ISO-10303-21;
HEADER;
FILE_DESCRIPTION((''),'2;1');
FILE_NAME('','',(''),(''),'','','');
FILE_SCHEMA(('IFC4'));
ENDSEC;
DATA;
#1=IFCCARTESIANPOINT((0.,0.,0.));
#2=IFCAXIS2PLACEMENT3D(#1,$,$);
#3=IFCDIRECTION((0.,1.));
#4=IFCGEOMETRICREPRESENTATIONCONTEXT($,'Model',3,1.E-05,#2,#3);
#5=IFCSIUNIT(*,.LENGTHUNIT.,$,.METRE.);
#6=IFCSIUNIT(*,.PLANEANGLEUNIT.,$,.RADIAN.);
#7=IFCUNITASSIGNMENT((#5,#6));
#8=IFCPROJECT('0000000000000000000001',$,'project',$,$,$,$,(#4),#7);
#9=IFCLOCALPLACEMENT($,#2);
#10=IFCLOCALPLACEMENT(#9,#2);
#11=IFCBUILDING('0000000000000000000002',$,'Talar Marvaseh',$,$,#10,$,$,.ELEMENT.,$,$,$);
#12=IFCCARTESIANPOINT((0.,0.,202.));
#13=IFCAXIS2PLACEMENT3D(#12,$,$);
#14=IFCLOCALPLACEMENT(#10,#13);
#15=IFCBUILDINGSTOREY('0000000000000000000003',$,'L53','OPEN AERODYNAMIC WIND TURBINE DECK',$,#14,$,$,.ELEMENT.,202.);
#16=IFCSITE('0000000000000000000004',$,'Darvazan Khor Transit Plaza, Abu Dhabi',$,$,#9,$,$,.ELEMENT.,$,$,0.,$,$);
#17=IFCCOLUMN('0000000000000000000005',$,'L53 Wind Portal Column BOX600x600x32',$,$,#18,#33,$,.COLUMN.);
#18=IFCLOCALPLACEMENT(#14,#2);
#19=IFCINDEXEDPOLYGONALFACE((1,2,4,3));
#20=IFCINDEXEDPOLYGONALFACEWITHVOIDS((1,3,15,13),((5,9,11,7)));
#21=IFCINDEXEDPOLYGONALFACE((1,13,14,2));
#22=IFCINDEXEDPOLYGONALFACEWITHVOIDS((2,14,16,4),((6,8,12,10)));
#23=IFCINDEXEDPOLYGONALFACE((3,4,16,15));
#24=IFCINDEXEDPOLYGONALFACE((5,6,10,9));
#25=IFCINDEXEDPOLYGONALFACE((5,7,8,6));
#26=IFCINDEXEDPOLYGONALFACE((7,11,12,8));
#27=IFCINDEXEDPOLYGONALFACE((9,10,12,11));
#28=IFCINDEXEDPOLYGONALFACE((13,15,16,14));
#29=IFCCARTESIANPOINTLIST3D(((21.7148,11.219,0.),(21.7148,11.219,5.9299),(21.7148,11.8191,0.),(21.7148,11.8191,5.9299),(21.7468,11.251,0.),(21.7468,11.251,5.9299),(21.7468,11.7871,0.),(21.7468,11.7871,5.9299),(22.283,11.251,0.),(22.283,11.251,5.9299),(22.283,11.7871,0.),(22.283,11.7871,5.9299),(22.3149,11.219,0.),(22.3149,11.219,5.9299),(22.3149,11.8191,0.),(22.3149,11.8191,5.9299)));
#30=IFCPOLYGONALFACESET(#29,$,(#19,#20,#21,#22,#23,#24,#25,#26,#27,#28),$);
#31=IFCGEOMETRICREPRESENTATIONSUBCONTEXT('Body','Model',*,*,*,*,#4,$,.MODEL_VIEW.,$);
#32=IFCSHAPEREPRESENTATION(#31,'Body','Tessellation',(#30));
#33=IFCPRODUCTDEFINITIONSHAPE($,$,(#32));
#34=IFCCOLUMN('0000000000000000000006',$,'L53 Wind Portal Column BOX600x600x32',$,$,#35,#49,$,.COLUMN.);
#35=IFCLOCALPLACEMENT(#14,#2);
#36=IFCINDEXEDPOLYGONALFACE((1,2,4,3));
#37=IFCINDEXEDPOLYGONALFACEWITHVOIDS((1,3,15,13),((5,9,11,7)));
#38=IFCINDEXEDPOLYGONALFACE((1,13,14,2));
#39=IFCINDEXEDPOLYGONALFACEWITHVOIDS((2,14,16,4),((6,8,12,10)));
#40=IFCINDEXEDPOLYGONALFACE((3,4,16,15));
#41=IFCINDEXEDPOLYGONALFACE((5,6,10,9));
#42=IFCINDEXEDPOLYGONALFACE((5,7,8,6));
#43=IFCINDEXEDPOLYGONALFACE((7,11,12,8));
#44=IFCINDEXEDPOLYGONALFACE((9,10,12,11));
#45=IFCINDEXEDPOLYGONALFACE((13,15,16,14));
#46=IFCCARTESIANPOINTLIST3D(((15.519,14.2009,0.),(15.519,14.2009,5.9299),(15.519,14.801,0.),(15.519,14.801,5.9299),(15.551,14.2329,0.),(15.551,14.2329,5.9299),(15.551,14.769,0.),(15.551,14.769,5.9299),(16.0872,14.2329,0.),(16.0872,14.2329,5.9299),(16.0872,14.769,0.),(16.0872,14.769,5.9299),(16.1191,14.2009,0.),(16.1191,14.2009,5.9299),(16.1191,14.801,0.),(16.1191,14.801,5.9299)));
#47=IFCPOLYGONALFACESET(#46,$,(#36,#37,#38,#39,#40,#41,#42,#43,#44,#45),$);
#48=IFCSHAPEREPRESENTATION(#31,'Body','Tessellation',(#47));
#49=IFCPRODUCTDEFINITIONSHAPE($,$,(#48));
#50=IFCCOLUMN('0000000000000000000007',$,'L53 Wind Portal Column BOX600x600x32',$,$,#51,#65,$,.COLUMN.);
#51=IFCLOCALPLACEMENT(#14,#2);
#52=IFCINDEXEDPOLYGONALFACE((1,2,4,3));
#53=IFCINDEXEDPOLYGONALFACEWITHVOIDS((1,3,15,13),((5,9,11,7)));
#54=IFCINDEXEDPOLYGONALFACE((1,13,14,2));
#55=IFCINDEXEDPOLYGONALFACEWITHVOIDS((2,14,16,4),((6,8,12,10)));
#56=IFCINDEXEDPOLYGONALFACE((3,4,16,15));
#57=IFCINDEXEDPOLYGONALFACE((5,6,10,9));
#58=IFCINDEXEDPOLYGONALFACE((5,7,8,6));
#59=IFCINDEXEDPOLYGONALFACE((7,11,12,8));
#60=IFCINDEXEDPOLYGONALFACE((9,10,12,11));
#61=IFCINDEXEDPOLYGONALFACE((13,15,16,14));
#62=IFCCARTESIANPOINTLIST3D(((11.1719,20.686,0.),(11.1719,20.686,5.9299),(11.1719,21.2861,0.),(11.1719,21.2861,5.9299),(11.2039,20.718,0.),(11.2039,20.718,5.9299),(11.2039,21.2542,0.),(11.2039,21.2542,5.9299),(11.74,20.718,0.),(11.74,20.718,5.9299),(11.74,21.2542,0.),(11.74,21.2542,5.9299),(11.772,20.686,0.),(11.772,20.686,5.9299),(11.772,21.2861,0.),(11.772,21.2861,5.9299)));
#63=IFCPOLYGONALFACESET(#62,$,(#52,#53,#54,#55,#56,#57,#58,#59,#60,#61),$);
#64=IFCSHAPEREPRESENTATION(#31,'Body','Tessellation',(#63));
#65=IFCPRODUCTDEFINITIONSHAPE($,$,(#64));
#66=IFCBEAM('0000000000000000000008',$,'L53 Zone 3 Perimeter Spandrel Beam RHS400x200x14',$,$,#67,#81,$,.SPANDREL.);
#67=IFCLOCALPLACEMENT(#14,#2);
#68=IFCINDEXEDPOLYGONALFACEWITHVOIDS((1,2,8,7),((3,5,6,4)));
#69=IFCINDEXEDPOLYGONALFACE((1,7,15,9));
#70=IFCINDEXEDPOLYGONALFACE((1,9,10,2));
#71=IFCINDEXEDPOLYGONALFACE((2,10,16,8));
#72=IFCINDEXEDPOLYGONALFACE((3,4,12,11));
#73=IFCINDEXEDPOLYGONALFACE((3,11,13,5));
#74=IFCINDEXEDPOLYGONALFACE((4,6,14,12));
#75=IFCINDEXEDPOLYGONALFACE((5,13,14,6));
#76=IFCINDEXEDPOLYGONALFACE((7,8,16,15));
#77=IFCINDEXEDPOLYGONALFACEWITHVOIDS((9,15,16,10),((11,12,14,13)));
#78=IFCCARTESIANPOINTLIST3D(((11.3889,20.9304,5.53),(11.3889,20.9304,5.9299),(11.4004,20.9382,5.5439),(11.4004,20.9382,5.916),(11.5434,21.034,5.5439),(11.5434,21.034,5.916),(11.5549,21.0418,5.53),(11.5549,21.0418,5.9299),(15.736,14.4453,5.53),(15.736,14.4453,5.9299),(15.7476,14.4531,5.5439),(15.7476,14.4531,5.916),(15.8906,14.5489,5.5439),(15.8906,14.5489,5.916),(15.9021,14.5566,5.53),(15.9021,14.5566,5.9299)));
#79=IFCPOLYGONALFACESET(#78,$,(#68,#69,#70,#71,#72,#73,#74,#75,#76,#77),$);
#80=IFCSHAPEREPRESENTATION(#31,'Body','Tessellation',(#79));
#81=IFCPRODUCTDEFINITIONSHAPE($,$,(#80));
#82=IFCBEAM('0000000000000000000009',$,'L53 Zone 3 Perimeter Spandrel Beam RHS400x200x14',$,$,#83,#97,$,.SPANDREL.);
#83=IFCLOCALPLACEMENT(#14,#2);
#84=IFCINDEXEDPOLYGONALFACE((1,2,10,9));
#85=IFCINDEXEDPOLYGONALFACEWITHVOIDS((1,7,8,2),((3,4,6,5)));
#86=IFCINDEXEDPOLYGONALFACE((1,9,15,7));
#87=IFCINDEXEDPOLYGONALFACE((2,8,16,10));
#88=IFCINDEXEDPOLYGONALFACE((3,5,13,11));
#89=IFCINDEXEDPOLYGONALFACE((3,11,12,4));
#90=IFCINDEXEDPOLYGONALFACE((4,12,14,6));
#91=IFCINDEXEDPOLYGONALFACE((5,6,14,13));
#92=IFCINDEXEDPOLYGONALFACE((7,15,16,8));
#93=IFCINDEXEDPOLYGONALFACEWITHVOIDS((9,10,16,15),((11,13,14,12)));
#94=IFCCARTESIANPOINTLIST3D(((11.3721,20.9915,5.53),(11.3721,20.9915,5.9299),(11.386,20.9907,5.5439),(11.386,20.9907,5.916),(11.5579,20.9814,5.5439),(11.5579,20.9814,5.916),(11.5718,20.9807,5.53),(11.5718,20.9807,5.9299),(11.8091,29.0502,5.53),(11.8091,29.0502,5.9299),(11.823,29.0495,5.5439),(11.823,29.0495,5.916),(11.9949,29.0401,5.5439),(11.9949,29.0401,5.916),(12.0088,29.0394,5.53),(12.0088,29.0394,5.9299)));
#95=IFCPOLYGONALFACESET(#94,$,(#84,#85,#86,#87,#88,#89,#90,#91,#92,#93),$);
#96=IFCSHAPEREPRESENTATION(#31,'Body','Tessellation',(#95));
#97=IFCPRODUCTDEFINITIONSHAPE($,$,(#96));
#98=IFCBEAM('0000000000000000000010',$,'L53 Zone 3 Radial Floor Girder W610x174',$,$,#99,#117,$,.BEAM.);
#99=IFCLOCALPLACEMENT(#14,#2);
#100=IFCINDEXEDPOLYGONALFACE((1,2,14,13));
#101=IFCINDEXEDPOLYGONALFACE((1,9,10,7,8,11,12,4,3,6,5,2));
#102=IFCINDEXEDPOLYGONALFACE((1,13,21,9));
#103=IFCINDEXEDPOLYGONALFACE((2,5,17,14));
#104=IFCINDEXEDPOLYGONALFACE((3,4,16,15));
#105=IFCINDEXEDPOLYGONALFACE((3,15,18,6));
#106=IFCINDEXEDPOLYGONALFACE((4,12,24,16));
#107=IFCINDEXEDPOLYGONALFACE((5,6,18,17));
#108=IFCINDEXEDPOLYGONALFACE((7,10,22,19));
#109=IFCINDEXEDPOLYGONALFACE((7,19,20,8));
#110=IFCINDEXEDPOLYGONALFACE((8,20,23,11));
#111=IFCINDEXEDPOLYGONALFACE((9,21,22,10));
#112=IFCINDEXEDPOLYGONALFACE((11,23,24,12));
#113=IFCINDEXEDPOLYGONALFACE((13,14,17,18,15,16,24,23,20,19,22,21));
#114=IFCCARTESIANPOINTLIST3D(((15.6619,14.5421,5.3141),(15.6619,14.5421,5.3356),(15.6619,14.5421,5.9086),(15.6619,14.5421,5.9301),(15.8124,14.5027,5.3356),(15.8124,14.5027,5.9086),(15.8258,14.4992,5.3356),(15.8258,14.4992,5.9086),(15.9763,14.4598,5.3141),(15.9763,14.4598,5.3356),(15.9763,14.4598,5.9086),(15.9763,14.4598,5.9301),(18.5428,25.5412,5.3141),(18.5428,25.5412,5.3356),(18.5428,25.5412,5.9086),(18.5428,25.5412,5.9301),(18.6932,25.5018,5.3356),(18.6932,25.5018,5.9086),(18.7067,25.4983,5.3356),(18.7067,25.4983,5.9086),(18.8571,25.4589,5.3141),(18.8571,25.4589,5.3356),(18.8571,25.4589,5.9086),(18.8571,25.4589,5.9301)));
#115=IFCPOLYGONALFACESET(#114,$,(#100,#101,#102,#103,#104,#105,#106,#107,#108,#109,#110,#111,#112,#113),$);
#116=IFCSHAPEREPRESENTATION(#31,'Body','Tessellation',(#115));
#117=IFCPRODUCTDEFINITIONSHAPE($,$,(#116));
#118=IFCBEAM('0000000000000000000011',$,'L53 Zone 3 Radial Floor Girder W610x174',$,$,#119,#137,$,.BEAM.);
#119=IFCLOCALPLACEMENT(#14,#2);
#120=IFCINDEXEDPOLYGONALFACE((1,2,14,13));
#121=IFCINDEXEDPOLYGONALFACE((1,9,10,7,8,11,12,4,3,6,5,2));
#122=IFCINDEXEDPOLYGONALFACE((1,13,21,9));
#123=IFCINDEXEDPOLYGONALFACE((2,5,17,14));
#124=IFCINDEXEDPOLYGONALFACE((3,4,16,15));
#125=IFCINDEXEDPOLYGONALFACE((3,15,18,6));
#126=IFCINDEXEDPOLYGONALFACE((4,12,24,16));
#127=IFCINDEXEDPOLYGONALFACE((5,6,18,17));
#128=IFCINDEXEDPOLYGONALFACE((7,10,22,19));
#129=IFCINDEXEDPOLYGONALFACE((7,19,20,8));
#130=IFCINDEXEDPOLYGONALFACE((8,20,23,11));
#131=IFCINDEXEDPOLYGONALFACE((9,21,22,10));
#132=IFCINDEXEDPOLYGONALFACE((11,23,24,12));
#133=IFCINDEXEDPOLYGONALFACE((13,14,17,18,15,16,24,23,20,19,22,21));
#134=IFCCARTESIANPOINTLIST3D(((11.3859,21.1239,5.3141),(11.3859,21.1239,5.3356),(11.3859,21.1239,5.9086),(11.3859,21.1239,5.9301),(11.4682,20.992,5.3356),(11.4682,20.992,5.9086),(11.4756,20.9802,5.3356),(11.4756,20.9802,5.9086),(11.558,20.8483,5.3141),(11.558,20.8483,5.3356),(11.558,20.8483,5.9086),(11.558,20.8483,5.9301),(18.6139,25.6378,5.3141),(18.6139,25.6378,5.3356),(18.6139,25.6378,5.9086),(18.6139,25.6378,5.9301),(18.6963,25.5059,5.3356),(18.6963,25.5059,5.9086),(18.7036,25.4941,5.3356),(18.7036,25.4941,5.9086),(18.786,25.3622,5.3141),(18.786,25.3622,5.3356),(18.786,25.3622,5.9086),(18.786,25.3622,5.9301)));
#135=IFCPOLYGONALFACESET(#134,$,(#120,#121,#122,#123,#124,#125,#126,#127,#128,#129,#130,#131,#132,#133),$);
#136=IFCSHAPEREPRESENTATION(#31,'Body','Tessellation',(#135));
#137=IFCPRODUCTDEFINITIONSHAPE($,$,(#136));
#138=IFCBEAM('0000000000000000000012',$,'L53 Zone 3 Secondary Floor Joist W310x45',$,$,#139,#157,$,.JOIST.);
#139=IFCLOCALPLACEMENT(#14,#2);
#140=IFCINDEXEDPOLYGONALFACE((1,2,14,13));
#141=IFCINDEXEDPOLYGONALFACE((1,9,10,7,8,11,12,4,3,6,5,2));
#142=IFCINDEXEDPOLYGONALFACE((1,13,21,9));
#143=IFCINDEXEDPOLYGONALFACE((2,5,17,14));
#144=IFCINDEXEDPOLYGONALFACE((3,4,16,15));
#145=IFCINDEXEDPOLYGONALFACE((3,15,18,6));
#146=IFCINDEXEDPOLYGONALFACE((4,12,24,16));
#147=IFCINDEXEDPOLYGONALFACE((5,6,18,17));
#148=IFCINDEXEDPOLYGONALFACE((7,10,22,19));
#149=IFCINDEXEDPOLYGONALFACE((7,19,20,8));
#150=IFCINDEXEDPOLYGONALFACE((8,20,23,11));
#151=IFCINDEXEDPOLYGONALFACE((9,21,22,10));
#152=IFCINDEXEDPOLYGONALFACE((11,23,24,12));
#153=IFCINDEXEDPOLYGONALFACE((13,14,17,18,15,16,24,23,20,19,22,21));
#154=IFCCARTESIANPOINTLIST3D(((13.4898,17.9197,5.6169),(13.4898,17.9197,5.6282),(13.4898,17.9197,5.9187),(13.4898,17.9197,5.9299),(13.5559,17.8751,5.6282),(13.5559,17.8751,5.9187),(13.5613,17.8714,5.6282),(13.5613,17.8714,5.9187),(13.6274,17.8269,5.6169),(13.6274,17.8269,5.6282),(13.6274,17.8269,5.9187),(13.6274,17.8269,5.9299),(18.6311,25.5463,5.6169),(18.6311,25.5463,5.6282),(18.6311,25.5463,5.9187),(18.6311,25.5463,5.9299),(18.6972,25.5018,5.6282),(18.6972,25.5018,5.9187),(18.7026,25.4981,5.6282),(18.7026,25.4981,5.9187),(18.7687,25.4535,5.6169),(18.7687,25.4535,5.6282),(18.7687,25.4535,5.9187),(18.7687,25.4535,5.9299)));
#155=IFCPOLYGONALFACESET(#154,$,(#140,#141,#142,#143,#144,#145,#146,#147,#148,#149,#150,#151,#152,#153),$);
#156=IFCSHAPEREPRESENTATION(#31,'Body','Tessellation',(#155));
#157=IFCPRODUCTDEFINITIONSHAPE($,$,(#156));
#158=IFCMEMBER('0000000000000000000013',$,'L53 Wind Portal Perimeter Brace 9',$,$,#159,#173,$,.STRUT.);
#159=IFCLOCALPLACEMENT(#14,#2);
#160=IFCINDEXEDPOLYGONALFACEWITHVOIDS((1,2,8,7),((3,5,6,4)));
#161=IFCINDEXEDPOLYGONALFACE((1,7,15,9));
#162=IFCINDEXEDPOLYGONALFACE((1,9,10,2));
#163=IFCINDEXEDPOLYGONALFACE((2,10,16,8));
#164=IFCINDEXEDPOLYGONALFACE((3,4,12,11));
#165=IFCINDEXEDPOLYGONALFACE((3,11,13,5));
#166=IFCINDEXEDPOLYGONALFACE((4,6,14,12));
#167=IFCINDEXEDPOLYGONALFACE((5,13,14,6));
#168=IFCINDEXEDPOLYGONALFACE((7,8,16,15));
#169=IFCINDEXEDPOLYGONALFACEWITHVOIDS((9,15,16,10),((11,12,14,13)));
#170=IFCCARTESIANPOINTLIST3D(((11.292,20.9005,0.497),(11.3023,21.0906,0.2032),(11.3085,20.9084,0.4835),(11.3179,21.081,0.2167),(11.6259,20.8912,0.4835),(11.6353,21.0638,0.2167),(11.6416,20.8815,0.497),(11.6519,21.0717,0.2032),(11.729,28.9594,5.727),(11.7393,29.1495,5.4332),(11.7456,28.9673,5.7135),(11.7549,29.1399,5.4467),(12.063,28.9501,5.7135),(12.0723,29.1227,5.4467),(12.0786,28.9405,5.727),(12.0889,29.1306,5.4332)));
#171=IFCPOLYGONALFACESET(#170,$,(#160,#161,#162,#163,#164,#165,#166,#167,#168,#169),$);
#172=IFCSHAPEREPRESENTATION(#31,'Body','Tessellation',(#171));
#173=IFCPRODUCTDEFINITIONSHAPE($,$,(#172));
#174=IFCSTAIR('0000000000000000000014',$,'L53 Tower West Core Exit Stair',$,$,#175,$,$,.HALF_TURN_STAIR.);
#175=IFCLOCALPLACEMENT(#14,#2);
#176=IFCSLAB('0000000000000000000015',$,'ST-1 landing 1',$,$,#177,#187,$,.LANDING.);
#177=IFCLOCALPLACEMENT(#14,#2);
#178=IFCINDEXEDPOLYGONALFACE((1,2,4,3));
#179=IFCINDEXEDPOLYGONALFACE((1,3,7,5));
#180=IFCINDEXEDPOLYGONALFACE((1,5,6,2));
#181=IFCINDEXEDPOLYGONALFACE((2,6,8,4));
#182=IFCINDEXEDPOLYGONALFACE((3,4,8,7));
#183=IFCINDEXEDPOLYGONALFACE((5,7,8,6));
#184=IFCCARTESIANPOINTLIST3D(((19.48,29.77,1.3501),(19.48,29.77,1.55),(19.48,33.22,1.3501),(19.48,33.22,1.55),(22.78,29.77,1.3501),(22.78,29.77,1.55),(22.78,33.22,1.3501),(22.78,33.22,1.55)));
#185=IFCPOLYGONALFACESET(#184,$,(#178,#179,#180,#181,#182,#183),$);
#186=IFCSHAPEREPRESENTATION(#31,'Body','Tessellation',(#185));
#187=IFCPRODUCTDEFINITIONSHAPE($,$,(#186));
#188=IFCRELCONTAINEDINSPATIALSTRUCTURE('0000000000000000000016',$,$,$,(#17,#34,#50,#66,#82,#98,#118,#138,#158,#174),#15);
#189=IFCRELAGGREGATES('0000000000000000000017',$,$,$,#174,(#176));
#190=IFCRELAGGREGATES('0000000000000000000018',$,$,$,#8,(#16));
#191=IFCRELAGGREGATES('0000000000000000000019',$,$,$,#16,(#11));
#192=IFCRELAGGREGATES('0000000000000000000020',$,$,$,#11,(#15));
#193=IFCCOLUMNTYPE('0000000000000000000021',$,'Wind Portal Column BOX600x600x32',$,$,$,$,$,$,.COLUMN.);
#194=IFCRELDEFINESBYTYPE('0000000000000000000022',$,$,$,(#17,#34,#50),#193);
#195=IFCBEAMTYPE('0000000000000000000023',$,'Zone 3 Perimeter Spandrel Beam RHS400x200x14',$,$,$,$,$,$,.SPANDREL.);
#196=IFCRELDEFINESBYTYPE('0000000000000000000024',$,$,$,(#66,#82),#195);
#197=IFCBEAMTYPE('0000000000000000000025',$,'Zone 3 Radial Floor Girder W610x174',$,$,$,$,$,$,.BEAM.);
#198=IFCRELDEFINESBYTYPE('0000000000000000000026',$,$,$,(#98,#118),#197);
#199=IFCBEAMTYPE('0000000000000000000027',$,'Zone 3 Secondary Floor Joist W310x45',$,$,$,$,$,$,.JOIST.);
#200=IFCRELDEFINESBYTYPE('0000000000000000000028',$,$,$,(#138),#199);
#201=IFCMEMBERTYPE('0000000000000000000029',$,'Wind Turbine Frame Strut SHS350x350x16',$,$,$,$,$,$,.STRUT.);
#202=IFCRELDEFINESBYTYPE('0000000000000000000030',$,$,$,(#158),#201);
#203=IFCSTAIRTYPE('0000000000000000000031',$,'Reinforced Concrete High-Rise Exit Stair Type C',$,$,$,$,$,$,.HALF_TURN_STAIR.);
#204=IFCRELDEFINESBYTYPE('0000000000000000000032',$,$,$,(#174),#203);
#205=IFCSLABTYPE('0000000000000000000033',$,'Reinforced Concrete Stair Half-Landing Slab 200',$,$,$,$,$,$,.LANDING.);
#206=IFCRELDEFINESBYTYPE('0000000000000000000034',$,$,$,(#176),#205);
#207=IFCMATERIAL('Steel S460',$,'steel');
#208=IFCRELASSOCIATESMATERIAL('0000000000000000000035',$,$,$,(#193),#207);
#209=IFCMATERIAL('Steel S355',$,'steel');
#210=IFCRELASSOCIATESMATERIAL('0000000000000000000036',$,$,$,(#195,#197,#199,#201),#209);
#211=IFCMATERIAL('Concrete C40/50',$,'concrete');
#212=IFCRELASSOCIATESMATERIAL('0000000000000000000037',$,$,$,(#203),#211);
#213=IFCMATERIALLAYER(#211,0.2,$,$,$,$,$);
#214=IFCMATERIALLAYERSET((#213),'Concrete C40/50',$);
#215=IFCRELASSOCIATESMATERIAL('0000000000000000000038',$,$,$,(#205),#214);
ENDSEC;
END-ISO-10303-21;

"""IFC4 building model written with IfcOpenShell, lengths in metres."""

from ifc_helpers import new_model, si_unit, direction, frame, origin, origin_2d, place, context, subcontext, project, spatial, polyline, hollow_rectangle, i_section, outline, extrude, source, transform, mapped, material, layer, layer_set, material_profile, profile_set, type_object, type_shapes, element, aggregate, save


model = new_model("IFC4")

# Units and contexts
model_context = context("Model", 3, precision=1e-05, world=origin(), true_north=direction((0.0, 1.0)))
body_context = subcontext(model_context, "Body", "Model", "MODEL_VIEW")
ifc_project = project(units=[si_unit("LENGTHUNIT", "METRE"), si_unit("PLANEANGLEUNIT", "RADIAN")], contexts=[model_context])

# Site, building, storey
site_placement = place(None, origin())
site = spatial("IfcSite", under=ifc_project, at=site_placement, Name="Darvazan Khor Transit Plaza, Abu Dhabi", CompositionType="ELEMENT", RefElevation=0.0)
building_placement = place(site_placement, origin())
building = spatial("IfcBuilding", under=site, at=building_placement, Name="Talar Marvaseh", CompositionType="ELEMENT")
storey_placement = place(building_placement, frame((0.0, 0.0, 202.0)))
storey = spatial("IfcBuildingStorey", under=building, at=storey_placement, Name="L53", Description="OPEN AERODYNAMIC WIND TURBINE DECK", CompositionType="ELEMENT", Elevation=202.0)

# Columns
ifc_material_1 = material(Name="Steel S460", Category="steel")
ifc_material_profile_1 = material_profile(ifc_material_1, hollow_rectangle(XDim=0.6001, YDim=0.6001, WallThickness=0.032, at=origin_2d()), Name="BOX600x600x32")
ifc_profile_set_1 = profile_set([ifc_material_profile_1], Name="Steel S460")
column_type = type_object("IfcColumnType", Name="Wind Portal Column BOX600x600x32", PredefinedType="COLUMN", material=ifc_profile_set_1)
for number, where, z_axis, x_axis, name in (
    (1, (22.0149, 11.519, 0.0), (0.0, 0.0, 1.0), (1.0, 0.0, 0.0), "L53 Wind Portal Column BOX600x600x32"),
    (2, (15.8191, 14.501, 0.0), (0.0, 0.0, 1.0), (1.0, 0.0, 0.0), "L53 Wind Portal Column BOX600x600x32"),
    (3, (11.4719, 20.9861, 0.0), (0.0, 0.0, 1.0), (1.0, 0.0, 0.0), "L53 Wind Portal Column BOX600x600x32"),
):
    element("IfcColumn", number, at=place(storey_placement, frame(where, z_axis=z_axis, x_axis=x_axis)), inside=storey, type_object=column_type, Name=name, PredefinedType="COLUMN", context=body_context, shape_type="SweptSolid", body=[
        extrude(hollow_rectangle(XDim=0.6001, YDim=0.6001, WallThickness=0.032, at=origin_2d()), origin(), (0.0, 0.0, 1.0), 5.9299),
    ])

# Beams
ifc_material_2 = material(Name="Steel S355", Category="steel")
ifc_material_profile_2 = material_profile(ifc_material_2, hollow_rectangle(XDim=0.2, YDim=0.3999, WallThickness=0.0139, at=origin_2d()), Name="RHS400x200x14")
ifc_profile_set_2 = profile_set([ifc_material_profile_2], Name="Steel S355")
beam_type_1 = type_object("IfcBeamType", Name="Zone 3 Perimeter Spandrel Beam RHS400x200x14", PredefinedType="SPANDREL", material=ifc_profile_set_2)
beam_1_placement = place(storey_placement, frame((15.8191, 14.501, 5.73), z_axis=(-0.556806, 0.830643, 0.0), x_axis=(-0.830643, -0.556806, 0.0)))
element("IfcBeam", 4, at=beam_1_placement, inside=storey, type_object=beam_type_1, Name="L53 Zone 3 Perimeter Spandrel Beam RHS400x200x14", PredefinedType="SPANDREL", context=body_context, shape_type="SweptSolid", body=[
    extrude(hollow_rectangle(XDim=0.2, YDim=0.3999, WallThickness=0.0139, at=origin_2d()), origin(), (0.0, 0.0, 1.0), 7.8074),
])
beam_2_placement = place(storey_placement, frame((11.4719, 20.9861, 5.73), z_axis=(0.054148, 0.998533, 0.0), x_axis=(-0.998533, 0.054148, 0.0)))
element("IfcBeam", 5, at=beam_2_placement, inside=storey, type_object=beam_type_1, Name="L53 Zone 3 Perimeter Spandrel Beam RHS400x200x14", PredefinedType="SPANDREL", context=body_context, shape_type="SweptSolid", body=[
    extrude(hollow_rectangle(XDim=0.2, YDim=0.3999, WallThickness=0.0139, at=origin_2d()), origin(), (0.0, 0.0, 1.0), 8.0706),
])
ifc_material_profile_3 = material_profile(ifc_material_2, i_section(OverallWidth=0.325, OverallDepth=0.616, WebThickness=0.0139, FlangeThickness=0.0215, at=origin_2d()), Name="W610x174")
ifc_profile_set_3 = profile_set([ifc_material_profile_3], Name="Steel S355")
beam_type_2 = type_object("IfcBeamType", Name="Zone 3 Radial Floor Girder W610x174", PredefinedType="BEAM", material=ifc_profile_set_3)
beam_3_placement = place(storey_placement, frame((15.8191, 14.501, 5.6221), z_axis=(0.253373, 0.967369, 0.0), x_axis=(-0.967369, 0.253373, 0.0)))
element("IfcBeam", 6, at=beam_3_placement, inside=storey, type_object=beam_type_2, Name="L53 Zone 3 Radial Floor Girder W610x174", PredefinedType="BEAM", context=body_context, shape_type="SweptSolid", body=[
    extrude(i_section(OverallWidth=0.325, OverallDepth=0.616, WebThickness=0.0139, FlangeThickness=0.0215, at=origin_2d()), origin(), (0.0, 0.0, 1.0), 11.3701),
])
beam_4_placement = place(storey_placement, frame((11.4719, 20.9861, 5.6221), z_axis=(0.848188, 0.529695, 0.0), x_axis=(-0.529695, 0.848188, 0.0)))
element("IfcBeam", 7, at=beam_4_placement, inside=storey, type_object=beam_type_2, Name="L53 Zone 3 Radial Floor Girder W610x174", PredefinedType="BEAM", context=body_context, shape_type="SweptSolid", body=[
    extrude(i_section(OverallWidth=0.325, OverallDepth=0.616, WebThickness=0.0139, FlangeThickness=0.0215, at=origin_2d()), origin(), (0.0, 0.0, 1.0), 8.5217),
])
ifc_material_profile_4 = material_profile(ifc_material_2, i_section(OverallWidth=0.166, OverallDepth=0.313, WebThickness=0.0066, FlangeThickness=0.0112, at=origin_2d()), Name="W310x45")
ifc_profile_set_4 = profile_set([ifc_material_profile_4], Name="Steel S355")
beam_type_3 = type_object("IfcBeamType", Name="Zone 3 Secondary Floor Joist W310x45", PredefinedType="JOIST", material=ifc_profile_set_4)
beam_5_placement = place(storey_placement, frame((13.5586, 17.8733, 5.7734), z_axis=(0.558974, 0.829185, 0.0), x_axis=(-0.829185, 0.558974, 0.0)))
element("IfcBeam", 8, at=beam_5_placement, inside=storey, type_object=beam_type_3, Name="L53 Zone 3 Secondary Floor Joist W310x45", PredefinedType="JOIST", context=body_context, shape_type="SweptSolid", body=[
    extrude(i_section(OverallWidth=0.166, OverallDepth=0.313, WebThickness=0.0066, FlangeThickness=0.0112, at=origin_2d()), origin(), (0.0, 0.0, 1.0), 9.1978),
])

# Member
ifc_material_profile_5 = material_profile(ifc_material_2, hollow_rectangle(XDim=0.3501, YDim=0.3501, WallThickness=0.0161, at=origin_2d()), Name="SHS350x350x16")
ifc_profile_set_5 = profile_set([ifc_material_profile_5], Name="Steel S355")
member_type = type_object("IfcMemberType", Name="Wind Turbine Frame Strut SHS350x350x16", PredefinedType="STRUT", material=ifc_profile_set_5)
shared_shape_1 = source(origin(), body_context, "Body", "SweptSolid", [
    extrude(hollow_rectangle(XDim=0.3501, YDim=0.3501, WallThickness=0.0161, at=origin_2d()), origin(), (0.0, 0.0, 1.0), 9.6172),
])
type_shapes(member_type, [shared_shape_1])
member_placement = place(storey_placement, frame((11.4719, 20.9861, 0.3501), z_axis=(0.045441, 0.83797, 0.543821), x_axis=(-0.998533, 0.054148, 0.0)))
element("IfcMember", 9, at=member_placement, inside=storey, type_object=member_type, Name="L53 Wind Portal Perimeter Brace 9", PredefinedType="STRUT", context=body_context, shape_type="MappedRepresentation", body=[
    mapped(shared_shape_1, transform((0.0, 0.0, 0.0), x_axis=(1.0, 0.0, 0.0), y_axis=(0.0, 1.0, 0.0), z_axis=(0.0, 0.0, 1.0), scale=1.0)),
])

# Stair, slab
ifc_material_3 = material(Name="Concrete C40/50", Category="concrete")
stair_type = type_object("IfcStairType", Name="Reinforced Concrete High-Rise Exit Stair Type C", PredefinedType="HALF_TURN_STAIR", material=ifc_material_3)
stair_1_placement = place(storey_placement, origin())
stair_1 = element("IfcStair", 10, at=stair_1_placement, inside=storey, type_object=stair_type, Name="L53 Tower West Core Exit Stair", PredefinedType="HALF_TURN_STAIR")
ifc_layer_1 = layer(ifc_material_3, 0.2)
ifc_layer_set_1 = layer_set([ifc_layer_1], Name="Concrete C40/50")
slab_type_1 = type_object("IfcSlabType", Name="Reinforced Concrete Stair Half-Landing Slab 200", PredefinedType="LANDING", material=ifc_layer_set_1)
slab_1_placement = place(storey_placement, frame((0.0, 0.0, 1.3501)))
slab_1 = element("IfcSlab", 11, at=slab_1_placement, type_object=slab_type_1, Name="ST-1 landing 1", PredefinedType="LANDING", context=body_context, shape_type="SweptSolid", body=[
    extrude(outline(polyline([(22.78, 29.77), (22.78, 33.22), (19.48, 33.22), (19.48, 29.77), (22.78, 29.77)])), origin(), (0.0, 0.0, 1.0), 0.2),
])
aggregate(stair_1, [slab_1])

save(model, "model.ifc")
